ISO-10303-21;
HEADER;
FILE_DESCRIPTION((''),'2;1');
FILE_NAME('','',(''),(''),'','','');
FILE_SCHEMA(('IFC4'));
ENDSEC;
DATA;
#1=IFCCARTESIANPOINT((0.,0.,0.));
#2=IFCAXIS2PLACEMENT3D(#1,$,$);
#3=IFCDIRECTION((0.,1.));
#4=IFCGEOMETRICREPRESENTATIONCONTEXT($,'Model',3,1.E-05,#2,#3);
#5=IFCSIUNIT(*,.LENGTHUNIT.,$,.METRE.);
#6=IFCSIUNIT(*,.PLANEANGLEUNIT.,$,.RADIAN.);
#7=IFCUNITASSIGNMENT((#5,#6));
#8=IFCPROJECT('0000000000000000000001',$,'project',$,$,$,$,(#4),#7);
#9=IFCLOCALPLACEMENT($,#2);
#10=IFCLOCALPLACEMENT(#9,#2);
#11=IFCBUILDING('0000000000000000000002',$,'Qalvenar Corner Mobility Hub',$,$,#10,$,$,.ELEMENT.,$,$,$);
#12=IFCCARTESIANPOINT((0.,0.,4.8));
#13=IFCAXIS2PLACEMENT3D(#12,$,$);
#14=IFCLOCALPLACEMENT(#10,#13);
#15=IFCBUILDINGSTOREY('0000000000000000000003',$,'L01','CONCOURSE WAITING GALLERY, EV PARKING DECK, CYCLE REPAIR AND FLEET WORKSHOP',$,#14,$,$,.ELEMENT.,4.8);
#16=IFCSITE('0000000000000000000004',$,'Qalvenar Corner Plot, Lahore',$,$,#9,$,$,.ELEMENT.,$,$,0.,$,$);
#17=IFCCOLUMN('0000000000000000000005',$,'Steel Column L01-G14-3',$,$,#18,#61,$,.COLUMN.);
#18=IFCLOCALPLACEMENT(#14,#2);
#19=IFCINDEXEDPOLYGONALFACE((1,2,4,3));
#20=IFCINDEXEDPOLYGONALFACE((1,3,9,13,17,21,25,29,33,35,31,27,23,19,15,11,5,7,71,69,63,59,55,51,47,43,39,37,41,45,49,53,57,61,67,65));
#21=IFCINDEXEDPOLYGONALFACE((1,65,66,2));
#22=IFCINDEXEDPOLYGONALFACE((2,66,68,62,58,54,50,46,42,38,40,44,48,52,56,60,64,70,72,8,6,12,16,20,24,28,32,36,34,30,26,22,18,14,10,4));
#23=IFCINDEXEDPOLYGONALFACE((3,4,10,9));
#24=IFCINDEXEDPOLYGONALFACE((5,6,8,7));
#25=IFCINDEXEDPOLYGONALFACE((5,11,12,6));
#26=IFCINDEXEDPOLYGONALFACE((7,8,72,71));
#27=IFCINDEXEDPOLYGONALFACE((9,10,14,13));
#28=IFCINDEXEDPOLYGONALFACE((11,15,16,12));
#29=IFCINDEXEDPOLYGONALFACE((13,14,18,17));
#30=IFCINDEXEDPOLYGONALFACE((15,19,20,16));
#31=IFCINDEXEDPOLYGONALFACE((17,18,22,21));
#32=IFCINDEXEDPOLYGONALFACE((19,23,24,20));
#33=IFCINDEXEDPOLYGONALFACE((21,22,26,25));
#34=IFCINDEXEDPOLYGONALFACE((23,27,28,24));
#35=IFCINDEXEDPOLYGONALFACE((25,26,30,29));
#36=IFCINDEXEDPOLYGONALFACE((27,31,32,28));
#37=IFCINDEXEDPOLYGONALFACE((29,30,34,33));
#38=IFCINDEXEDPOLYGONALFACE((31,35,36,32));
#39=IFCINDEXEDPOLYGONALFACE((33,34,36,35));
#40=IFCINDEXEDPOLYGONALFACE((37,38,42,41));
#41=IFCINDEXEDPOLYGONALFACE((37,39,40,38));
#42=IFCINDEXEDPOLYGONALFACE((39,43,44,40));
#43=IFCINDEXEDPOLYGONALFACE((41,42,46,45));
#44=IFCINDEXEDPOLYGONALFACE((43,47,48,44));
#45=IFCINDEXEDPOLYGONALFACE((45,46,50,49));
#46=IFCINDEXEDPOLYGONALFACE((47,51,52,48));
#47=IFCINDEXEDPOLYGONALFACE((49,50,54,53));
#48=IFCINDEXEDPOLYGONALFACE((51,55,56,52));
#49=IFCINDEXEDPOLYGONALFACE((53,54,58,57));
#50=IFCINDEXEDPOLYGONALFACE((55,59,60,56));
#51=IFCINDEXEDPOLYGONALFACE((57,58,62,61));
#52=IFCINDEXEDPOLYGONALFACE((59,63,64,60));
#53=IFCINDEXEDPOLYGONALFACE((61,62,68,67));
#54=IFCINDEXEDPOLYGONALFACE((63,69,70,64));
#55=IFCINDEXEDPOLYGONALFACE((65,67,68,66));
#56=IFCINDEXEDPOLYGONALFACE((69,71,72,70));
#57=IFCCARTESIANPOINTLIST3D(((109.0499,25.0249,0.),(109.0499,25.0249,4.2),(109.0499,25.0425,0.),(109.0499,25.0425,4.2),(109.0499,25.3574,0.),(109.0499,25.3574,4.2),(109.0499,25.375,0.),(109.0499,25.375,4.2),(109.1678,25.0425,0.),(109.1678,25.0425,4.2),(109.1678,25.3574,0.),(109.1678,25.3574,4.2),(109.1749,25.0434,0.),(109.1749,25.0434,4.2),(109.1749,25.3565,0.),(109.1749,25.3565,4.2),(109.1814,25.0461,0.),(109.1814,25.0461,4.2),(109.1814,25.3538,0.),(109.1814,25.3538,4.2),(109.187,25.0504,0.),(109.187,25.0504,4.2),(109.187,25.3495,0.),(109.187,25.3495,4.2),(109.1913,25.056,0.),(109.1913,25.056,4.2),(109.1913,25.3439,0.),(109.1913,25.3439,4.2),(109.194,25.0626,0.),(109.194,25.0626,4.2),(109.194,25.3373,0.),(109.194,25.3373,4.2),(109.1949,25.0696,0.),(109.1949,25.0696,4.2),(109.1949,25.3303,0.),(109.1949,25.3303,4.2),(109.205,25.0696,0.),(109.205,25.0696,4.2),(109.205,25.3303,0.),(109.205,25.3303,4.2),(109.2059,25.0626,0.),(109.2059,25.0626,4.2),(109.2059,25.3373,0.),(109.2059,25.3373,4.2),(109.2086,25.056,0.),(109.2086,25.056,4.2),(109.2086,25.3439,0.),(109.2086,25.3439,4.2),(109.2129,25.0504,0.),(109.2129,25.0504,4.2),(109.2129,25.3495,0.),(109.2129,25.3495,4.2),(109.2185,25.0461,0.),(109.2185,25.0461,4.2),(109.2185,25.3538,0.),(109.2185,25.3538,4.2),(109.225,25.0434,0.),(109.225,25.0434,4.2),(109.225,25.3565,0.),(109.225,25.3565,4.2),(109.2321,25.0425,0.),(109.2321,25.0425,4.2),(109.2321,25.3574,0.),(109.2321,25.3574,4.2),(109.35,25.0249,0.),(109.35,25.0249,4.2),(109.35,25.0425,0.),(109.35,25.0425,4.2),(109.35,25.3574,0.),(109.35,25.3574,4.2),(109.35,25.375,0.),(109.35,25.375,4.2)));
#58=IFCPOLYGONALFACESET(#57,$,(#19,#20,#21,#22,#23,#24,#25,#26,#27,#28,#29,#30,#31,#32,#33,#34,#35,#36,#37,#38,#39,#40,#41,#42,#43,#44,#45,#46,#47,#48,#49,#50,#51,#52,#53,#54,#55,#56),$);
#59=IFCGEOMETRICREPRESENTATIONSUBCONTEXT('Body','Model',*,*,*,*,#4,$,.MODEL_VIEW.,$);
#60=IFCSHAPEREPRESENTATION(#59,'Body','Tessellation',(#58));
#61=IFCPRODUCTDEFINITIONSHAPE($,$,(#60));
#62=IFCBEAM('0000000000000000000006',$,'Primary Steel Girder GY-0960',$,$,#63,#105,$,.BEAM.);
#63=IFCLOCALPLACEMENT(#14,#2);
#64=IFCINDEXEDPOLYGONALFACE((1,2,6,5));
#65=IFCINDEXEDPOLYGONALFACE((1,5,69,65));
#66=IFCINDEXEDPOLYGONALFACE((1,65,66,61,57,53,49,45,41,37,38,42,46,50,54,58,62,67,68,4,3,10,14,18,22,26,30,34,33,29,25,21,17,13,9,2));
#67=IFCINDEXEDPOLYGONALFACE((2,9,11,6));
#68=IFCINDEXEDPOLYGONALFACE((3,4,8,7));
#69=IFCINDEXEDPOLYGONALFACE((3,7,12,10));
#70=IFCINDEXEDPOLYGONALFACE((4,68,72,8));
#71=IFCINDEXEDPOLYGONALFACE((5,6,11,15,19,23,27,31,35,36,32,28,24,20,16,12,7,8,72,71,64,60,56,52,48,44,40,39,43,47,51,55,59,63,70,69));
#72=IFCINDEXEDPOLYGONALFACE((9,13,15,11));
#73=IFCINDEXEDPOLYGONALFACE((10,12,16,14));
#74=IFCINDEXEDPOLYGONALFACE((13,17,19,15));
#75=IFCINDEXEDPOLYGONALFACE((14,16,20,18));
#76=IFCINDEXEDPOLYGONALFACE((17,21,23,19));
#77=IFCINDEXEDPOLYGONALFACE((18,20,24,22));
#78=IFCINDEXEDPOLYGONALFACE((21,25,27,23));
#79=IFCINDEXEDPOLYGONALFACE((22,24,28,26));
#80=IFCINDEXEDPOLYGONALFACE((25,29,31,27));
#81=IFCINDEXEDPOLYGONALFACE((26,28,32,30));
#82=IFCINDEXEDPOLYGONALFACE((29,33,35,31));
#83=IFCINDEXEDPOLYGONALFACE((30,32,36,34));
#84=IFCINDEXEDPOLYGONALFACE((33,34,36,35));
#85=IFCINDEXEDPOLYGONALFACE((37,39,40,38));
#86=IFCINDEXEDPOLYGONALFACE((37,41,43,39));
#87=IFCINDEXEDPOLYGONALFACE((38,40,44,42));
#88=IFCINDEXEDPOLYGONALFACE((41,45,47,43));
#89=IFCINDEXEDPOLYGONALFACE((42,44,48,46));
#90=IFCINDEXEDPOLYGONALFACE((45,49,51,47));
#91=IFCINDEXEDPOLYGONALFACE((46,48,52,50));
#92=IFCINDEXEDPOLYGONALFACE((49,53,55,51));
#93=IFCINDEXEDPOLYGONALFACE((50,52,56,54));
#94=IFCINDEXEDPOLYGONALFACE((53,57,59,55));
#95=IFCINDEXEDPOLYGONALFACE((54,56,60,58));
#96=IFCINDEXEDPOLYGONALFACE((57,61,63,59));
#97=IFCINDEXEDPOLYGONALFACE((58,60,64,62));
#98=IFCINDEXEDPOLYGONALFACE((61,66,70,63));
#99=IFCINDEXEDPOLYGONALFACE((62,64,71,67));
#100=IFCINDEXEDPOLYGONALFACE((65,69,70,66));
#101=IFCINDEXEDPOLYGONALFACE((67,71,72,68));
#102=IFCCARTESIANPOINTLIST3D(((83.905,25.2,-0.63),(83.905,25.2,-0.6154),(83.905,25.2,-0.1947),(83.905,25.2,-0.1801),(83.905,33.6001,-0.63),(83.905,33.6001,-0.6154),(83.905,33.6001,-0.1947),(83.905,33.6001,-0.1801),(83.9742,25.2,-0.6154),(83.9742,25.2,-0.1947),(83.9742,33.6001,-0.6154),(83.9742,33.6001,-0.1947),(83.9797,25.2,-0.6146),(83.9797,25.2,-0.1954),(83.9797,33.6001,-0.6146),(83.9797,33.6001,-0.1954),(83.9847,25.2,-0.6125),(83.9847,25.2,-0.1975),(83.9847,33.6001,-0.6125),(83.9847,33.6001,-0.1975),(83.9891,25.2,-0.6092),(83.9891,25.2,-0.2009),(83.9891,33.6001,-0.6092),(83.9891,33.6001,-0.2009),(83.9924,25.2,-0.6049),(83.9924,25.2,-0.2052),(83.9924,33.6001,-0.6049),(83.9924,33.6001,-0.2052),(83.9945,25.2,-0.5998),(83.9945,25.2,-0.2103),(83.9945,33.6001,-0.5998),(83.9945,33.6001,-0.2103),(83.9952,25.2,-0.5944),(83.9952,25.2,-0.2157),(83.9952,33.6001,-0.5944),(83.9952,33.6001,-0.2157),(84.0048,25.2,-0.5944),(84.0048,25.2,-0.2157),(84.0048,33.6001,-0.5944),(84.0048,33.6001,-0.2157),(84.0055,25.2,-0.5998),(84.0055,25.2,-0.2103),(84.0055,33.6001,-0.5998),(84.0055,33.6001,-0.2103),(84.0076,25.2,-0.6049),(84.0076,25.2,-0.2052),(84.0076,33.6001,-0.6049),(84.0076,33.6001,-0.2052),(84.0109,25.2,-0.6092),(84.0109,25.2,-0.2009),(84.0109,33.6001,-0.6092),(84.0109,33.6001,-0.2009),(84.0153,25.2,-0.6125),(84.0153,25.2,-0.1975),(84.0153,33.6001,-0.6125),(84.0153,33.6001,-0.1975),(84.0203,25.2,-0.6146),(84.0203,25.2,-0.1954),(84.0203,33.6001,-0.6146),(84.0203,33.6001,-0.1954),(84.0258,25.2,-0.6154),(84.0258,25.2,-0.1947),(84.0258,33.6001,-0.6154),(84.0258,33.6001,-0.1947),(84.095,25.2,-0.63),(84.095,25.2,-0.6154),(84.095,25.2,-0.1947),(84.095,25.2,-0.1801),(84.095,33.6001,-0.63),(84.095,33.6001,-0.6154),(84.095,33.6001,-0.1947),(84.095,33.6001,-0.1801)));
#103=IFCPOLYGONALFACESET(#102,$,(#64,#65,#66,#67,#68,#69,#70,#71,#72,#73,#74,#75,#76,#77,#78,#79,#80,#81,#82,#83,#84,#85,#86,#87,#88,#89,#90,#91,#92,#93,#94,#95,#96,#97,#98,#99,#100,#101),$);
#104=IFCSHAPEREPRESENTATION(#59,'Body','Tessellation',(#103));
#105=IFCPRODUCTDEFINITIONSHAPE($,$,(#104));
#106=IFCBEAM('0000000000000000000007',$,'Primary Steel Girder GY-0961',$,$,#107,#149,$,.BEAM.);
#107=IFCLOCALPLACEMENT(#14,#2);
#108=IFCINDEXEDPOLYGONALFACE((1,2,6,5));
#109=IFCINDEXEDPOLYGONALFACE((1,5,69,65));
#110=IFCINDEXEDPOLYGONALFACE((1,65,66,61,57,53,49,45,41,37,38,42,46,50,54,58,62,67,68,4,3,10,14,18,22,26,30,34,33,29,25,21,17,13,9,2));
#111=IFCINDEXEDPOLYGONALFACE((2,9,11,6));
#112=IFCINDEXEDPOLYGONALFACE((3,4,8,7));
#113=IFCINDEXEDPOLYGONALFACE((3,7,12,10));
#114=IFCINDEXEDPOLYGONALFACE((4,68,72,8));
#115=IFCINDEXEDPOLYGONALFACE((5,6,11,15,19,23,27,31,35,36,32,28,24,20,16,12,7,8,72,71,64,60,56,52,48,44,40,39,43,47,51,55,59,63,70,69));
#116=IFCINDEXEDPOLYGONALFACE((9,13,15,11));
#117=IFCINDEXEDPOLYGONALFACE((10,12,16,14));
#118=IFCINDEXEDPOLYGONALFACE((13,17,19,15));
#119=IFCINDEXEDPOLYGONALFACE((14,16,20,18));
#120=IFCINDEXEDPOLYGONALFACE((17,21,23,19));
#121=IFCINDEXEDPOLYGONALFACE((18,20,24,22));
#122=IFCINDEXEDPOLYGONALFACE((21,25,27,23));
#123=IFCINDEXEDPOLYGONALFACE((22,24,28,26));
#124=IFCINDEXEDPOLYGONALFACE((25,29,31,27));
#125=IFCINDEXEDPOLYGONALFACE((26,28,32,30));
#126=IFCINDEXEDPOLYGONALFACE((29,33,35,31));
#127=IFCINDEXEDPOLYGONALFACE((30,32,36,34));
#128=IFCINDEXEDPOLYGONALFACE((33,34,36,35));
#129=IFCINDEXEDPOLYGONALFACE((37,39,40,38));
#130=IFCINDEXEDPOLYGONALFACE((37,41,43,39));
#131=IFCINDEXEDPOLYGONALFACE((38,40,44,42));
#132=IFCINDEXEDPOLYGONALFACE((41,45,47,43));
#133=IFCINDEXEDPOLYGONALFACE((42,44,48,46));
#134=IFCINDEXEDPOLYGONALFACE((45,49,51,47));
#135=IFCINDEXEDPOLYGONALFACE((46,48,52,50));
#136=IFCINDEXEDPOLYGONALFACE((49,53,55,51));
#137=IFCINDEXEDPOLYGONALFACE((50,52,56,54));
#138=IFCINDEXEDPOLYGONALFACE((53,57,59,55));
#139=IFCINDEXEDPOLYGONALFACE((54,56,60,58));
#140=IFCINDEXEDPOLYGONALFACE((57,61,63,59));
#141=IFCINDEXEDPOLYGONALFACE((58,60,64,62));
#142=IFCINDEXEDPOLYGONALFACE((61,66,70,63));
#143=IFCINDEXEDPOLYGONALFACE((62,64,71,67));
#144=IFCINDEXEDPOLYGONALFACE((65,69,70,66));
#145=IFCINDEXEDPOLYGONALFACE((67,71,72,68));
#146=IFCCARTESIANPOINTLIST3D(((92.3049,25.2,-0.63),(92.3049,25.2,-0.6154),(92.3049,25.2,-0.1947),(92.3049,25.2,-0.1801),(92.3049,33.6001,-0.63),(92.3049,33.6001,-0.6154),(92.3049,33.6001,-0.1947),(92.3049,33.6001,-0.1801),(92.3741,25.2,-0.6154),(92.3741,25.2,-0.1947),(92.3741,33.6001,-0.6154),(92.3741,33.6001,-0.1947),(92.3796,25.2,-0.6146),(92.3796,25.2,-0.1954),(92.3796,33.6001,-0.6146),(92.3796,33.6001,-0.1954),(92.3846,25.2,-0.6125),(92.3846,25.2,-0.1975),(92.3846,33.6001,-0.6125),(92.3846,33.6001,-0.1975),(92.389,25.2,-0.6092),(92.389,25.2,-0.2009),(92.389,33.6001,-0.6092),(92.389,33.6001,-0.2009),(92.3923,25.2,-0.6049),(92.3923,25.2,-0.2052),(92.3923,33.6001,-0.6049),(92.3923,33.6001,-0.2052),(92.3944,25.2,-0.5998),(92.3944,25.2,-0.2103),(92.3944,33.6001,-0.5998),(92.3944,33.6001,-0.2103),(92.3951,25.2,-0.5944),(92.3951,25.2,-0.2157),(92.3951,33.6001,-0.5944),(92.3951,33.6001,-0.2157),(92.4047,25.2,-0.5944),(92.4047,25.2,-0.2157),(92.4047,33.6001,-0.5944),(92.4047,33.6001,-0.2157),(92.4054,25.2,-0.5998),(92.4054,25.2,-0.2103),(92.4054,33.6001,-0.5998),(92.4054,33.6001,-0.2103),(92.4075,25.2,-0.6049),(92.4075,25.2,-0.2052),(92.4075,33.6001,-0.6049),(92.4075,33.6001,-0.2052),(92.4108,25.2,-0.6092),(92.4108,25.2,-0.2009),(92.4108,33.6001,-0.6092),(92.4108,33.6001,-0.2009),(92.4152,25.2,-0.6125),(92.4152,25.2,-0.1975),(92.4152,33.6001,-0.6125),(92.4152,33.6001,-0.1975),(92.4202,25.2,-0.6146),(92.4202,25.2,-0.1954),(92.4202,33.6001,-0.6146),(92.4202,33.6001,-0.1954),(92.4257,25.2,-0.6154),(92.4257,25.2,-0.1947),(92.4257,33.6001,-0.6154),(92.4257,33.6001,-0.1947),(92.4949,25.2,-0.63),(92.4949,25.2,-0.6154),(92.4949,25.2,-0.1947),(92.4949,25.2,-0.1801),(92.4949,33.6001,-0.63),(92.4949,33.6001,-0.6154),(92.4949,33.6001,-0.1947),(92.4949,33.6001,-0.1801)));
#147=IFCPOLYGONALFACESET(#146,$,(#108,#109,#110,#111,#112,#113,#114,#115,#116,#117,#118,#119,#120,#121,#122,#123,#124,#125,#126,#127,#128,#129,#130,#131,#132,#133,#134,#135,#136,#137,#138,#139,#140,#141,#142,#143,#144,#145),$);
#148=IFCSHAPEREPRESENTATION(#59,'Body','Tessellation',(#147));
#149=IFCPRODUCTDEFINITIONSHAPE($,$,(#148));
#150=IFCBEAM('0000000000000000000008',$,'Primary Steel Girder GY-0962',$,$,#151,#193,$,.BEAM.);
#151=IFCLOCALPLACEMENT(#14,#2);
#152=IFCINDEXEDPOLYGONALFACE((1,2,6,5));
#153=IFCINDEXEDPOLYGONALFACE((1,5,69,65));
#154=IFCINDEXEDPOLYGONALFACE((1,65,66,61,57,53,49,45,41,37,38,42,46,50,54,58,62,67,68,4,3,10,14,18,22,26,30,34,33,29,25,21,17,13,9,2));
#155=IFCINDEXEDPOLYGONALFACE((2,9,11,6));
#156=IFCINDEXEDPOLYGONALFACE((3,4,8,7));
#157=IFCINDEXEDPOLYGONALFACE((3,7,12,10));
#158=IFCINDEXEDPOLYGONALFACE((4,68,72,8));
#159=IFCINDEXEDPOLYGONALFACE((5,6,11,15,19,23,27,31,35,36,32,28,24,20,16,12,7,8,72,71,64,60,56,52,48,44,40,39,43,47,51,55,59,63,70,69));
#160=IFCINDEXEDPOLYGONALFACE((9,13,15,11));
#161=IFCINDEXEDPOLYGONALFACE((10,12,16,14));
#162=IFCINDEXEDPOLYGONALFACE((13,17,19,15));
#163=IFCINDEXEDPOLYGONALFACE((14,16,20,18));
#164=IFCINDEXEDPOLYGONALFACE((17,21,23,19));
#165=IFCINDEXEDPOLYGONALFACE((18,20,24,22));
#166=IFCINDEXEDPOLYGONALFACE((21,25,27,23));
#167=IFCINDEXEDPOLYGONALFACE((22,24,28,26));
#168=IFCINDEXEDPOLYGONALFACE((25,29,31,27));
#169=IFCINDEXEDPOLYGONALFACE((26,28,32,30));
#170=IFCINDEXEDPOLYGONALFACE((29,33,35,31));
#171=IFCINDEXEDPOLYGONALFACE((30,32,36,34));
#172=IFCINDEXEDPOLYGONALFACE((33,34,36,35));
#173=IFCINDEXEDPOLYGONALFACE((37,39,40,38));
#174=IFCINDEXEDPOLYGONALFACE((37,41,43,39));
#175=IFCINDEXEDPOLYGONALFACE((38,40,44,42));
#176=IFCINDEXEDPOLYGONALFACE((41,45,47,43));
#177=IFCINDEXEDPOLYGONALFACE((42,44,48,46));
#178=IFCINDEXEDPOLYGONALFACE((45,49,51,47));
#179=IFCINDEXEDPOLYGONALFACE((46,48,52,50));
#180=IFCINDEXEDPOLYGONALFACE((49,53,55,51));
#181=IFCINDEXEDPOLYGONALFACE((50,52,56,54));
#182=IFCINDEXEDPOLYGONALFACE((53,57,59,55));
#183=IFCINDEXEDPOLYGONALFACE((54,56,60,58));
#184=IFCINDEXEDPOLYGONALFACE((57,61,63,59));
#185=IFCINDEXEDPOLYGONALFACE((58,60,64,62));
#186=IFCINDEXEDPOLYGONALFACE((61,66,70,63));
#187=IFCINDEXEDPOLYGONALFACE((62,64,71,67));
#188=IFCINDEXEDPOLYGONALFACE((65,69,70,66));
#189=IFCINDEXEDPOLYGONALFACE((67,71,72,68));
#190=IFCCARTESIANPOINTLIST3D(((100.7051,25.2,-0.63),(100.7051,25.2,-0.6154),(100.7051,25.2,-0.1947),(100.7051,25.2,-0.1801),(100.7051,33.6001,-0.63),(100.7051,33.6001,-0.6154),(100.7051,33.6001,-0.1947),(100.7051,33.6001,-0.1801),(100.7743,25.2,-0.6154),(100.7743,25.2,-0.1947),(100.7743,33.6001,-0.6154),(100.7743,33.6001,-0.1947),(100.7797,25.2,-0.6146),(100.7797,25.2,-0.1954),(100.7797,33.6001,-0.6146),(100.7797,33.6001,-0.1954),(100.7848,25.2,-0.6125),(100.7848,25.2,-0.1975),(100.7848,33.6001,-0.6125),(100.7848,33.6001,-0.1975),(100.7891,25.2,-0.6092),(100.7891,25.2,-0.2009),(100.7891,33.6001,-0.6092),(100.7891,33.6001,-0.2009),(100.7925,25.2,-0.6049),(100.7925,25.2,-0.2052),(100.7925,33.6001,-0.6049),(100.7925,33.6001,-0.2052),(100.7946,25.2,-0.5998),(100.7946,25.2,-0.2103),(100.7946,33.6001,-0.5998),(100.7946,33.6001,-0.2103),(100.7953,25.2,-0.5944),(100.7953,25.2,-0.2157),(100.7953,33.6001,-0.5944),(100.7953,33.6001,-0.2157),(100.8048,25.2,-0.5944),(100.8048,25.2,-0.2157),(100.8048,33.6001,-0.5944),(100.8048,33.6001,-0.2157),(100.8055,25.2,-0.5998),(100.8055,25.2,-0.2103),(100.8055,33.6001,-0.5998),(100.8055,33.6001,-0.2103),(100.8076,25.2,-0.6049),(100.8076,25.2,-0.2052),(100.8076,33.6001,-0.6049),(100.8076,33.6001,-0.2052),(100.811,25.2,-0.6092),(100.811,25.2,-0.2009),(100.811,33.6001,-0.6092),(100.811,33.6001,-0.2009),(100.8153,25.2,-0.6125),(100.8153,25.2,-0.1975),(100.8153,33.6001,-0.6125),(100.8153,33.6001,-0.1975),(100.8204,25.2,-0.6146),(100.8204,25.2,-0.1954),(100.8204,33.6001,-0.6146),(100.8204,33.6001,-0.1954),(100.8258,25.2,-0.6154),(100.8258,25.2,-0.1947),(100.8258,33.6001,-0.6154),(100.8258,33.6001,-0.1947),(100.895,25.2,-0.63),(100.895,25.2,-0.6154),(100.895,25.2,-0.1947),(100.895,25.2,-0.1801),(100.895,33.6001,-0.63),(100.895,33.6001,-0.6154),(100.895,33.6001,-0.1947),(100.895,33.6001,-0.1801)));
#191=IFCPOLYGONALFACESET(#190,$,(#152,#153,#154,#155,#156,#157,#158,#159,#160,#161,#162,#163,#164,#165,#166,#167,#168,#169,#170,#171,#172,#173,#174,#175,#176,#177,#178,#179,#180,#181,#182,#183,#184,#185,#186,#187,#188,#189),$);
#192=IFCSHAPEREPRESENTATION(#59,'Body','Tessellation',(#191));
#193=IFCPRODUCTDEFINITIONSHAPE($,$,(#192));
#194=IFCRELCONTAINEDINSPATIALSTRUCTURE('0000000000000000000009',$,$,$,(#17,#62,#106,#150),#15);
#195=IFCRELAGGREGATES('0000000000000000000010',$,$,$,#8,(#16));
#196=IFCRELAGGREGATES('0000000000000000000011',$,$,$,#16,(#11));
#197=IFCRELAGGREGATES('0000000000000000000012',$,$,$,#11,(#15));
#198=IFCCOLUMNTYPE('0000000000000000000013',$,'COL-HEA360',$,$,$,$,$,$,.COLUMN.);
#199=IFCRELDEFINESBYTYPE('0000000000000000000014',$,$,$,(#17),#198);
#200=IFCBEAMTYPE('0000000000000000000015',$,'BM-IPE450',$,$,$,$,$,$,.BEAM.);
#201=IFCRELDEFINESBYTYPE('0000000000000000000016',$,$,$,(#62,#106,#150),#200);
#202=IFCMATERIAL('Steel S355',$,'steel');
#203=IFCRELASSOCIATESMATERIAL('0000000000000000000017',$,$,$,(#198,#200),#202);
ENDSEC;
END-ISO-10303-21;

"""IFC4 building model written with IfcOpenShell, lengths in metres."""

from ifc_helpers import new_model, si_unit, direction, frame, origin, origin_2d, place, context, subcontext, project, spatial, i_section, extrude, material, material_profile, profile_set, type_object, element, save


model = new_model("IFC4")

# Units and contexts
model_context = context("Model", 3, precision=1e-05, world=origin(), true_north=direction((0.0, 1.0)))
body_context = subcontext(model_context, "Body", "Model", "MODEL_VIEW")
ifc_project = project(units=[si_unit("LENGTHUNIT", "METRE"), si_unit("PLANEANGLEUNIT", "RADIAN")], contexts=[model_context])

# Site, building, storey
site_placement = place(None, origin())
site = spatial("IfcSite", under=ifc_project, at=site_placement, Name="Qalvenar Corner Plot, Lahore", CompositionType="ELEMENT", RefElevation=0.0)
building_placement = place(site_placement, origin())
building = spatial("IfcBuilding", under=site, at=building_placement, Name="Qalvenar Corner Mobility Hub", CompositionType="ELEMENT")
storey_placement = place(building_placement, frame((0.0, 0.0, 4.8)))
storey = spatial("IfcBuildingStorey", under=building, at=storey_placement, Name="L01", Description="CONCOURSE WAITING GALLERY, EV PARKING DECK, CYCLE REPAIR AND FLEET WORKSHOP", CompositionType="ELEMENT", Elevation=4.8)

# Column
ifc_material_1 = material(Name="Steel S355", Category="steel")
ifc_material_profile_1 = material_profile(ifc_material_1, i_section(OverallWidth=0.3, OverallDepth=0.3501, WebThickness=0.01, FlangeThickness=0.0176, FilletRadius=0.0271, at=origin_2d()), Name="HEA360")
ifc_profile_set_1 = profile_set([ifc_material_profile_1], Name="Steel S355")
column_type = type_object("IfcColumnType", Name="COL-HEA360", PredefinedType="COLUMN", material=ifc_profile_set_1)
column_placement = place(storey_placement, frame((109.2, 25.2, 0.0), z_axis=(0.0, 0.0, 1.0), x_axis=(1.0, 0.0, 0.0)))
element("IfcColumn", 1, at=column_placement, inside=storey, type_object=column_type, Name="Steel Column L01-G14-3", PredefinedType="COLUMN", context=body_context, shape_type="SweptSolid", body=[
    extrude(i_section(OverallWidth=0.3, OverallDepth=0.3501, WebThickness=0.01, FlangeThickness=0.0176, FilletRadius=0.0271, at=origin_2d()), origin(), (0.0, 0.0, 1.0), 4.2),
])

# Beams
ifc_material_profile_2 = material_profile(ifc_material_1, i_section(OverallWidth=0.1899, OverallDepth=0.45, WebThickness=0.0095, FlangeThickness=0.0146, FilletRadius=0.021, at=origin_2d()), Name="IPE450")
ifc_profile_set_2 = profile_set([ifc_material_profile_2], Name="Steel S355")
beam_type_1 = type_object("IfcBeamType", Name="BM-IPE450", PredefinedType="BEAM", material=ifc_profile_set_2)
for number, where, z_axis, x_axis, name in (
    (2, (84.0, 25.2, -0.405), (0.0, 1.0, 0.0), (-1.0, 0.0, 0.0), "Primary Steel Girder GY-0960"),
    (3, (92.3999, 25.2, -0.405), (0.0, 1.0, 0.0), (-1.0, 0.0, 0.0), "Primary Steel Girder GY-0961"),
    (4, (100.8, 25.2, -0.405), (0.0, 1.0, 0.0), (-1.0, 0.0, 0.0), "Primary Steel Girder GY-0962"),
):
    element("IfcBeam", number, at=place(storey_placement, frame(where, z_axis=z_axis, x_axis=x_axis)), inside=storey, type_object=beam_type_1, Name=name, PredefinedType="BEAM", context=body_context, shape_type="SweptSolid", body=[
        extrude(i_section(OverallWidth=0.1899, OverallDepth=0.45, WebThickness=0.0095, FlangeThickness=0.0146, FilletRadius=0.021, at=origin_2d()), origin(), (0.0, 0.0, 1.0), 8.4001),
    ])

save(model, "model.ifc")
